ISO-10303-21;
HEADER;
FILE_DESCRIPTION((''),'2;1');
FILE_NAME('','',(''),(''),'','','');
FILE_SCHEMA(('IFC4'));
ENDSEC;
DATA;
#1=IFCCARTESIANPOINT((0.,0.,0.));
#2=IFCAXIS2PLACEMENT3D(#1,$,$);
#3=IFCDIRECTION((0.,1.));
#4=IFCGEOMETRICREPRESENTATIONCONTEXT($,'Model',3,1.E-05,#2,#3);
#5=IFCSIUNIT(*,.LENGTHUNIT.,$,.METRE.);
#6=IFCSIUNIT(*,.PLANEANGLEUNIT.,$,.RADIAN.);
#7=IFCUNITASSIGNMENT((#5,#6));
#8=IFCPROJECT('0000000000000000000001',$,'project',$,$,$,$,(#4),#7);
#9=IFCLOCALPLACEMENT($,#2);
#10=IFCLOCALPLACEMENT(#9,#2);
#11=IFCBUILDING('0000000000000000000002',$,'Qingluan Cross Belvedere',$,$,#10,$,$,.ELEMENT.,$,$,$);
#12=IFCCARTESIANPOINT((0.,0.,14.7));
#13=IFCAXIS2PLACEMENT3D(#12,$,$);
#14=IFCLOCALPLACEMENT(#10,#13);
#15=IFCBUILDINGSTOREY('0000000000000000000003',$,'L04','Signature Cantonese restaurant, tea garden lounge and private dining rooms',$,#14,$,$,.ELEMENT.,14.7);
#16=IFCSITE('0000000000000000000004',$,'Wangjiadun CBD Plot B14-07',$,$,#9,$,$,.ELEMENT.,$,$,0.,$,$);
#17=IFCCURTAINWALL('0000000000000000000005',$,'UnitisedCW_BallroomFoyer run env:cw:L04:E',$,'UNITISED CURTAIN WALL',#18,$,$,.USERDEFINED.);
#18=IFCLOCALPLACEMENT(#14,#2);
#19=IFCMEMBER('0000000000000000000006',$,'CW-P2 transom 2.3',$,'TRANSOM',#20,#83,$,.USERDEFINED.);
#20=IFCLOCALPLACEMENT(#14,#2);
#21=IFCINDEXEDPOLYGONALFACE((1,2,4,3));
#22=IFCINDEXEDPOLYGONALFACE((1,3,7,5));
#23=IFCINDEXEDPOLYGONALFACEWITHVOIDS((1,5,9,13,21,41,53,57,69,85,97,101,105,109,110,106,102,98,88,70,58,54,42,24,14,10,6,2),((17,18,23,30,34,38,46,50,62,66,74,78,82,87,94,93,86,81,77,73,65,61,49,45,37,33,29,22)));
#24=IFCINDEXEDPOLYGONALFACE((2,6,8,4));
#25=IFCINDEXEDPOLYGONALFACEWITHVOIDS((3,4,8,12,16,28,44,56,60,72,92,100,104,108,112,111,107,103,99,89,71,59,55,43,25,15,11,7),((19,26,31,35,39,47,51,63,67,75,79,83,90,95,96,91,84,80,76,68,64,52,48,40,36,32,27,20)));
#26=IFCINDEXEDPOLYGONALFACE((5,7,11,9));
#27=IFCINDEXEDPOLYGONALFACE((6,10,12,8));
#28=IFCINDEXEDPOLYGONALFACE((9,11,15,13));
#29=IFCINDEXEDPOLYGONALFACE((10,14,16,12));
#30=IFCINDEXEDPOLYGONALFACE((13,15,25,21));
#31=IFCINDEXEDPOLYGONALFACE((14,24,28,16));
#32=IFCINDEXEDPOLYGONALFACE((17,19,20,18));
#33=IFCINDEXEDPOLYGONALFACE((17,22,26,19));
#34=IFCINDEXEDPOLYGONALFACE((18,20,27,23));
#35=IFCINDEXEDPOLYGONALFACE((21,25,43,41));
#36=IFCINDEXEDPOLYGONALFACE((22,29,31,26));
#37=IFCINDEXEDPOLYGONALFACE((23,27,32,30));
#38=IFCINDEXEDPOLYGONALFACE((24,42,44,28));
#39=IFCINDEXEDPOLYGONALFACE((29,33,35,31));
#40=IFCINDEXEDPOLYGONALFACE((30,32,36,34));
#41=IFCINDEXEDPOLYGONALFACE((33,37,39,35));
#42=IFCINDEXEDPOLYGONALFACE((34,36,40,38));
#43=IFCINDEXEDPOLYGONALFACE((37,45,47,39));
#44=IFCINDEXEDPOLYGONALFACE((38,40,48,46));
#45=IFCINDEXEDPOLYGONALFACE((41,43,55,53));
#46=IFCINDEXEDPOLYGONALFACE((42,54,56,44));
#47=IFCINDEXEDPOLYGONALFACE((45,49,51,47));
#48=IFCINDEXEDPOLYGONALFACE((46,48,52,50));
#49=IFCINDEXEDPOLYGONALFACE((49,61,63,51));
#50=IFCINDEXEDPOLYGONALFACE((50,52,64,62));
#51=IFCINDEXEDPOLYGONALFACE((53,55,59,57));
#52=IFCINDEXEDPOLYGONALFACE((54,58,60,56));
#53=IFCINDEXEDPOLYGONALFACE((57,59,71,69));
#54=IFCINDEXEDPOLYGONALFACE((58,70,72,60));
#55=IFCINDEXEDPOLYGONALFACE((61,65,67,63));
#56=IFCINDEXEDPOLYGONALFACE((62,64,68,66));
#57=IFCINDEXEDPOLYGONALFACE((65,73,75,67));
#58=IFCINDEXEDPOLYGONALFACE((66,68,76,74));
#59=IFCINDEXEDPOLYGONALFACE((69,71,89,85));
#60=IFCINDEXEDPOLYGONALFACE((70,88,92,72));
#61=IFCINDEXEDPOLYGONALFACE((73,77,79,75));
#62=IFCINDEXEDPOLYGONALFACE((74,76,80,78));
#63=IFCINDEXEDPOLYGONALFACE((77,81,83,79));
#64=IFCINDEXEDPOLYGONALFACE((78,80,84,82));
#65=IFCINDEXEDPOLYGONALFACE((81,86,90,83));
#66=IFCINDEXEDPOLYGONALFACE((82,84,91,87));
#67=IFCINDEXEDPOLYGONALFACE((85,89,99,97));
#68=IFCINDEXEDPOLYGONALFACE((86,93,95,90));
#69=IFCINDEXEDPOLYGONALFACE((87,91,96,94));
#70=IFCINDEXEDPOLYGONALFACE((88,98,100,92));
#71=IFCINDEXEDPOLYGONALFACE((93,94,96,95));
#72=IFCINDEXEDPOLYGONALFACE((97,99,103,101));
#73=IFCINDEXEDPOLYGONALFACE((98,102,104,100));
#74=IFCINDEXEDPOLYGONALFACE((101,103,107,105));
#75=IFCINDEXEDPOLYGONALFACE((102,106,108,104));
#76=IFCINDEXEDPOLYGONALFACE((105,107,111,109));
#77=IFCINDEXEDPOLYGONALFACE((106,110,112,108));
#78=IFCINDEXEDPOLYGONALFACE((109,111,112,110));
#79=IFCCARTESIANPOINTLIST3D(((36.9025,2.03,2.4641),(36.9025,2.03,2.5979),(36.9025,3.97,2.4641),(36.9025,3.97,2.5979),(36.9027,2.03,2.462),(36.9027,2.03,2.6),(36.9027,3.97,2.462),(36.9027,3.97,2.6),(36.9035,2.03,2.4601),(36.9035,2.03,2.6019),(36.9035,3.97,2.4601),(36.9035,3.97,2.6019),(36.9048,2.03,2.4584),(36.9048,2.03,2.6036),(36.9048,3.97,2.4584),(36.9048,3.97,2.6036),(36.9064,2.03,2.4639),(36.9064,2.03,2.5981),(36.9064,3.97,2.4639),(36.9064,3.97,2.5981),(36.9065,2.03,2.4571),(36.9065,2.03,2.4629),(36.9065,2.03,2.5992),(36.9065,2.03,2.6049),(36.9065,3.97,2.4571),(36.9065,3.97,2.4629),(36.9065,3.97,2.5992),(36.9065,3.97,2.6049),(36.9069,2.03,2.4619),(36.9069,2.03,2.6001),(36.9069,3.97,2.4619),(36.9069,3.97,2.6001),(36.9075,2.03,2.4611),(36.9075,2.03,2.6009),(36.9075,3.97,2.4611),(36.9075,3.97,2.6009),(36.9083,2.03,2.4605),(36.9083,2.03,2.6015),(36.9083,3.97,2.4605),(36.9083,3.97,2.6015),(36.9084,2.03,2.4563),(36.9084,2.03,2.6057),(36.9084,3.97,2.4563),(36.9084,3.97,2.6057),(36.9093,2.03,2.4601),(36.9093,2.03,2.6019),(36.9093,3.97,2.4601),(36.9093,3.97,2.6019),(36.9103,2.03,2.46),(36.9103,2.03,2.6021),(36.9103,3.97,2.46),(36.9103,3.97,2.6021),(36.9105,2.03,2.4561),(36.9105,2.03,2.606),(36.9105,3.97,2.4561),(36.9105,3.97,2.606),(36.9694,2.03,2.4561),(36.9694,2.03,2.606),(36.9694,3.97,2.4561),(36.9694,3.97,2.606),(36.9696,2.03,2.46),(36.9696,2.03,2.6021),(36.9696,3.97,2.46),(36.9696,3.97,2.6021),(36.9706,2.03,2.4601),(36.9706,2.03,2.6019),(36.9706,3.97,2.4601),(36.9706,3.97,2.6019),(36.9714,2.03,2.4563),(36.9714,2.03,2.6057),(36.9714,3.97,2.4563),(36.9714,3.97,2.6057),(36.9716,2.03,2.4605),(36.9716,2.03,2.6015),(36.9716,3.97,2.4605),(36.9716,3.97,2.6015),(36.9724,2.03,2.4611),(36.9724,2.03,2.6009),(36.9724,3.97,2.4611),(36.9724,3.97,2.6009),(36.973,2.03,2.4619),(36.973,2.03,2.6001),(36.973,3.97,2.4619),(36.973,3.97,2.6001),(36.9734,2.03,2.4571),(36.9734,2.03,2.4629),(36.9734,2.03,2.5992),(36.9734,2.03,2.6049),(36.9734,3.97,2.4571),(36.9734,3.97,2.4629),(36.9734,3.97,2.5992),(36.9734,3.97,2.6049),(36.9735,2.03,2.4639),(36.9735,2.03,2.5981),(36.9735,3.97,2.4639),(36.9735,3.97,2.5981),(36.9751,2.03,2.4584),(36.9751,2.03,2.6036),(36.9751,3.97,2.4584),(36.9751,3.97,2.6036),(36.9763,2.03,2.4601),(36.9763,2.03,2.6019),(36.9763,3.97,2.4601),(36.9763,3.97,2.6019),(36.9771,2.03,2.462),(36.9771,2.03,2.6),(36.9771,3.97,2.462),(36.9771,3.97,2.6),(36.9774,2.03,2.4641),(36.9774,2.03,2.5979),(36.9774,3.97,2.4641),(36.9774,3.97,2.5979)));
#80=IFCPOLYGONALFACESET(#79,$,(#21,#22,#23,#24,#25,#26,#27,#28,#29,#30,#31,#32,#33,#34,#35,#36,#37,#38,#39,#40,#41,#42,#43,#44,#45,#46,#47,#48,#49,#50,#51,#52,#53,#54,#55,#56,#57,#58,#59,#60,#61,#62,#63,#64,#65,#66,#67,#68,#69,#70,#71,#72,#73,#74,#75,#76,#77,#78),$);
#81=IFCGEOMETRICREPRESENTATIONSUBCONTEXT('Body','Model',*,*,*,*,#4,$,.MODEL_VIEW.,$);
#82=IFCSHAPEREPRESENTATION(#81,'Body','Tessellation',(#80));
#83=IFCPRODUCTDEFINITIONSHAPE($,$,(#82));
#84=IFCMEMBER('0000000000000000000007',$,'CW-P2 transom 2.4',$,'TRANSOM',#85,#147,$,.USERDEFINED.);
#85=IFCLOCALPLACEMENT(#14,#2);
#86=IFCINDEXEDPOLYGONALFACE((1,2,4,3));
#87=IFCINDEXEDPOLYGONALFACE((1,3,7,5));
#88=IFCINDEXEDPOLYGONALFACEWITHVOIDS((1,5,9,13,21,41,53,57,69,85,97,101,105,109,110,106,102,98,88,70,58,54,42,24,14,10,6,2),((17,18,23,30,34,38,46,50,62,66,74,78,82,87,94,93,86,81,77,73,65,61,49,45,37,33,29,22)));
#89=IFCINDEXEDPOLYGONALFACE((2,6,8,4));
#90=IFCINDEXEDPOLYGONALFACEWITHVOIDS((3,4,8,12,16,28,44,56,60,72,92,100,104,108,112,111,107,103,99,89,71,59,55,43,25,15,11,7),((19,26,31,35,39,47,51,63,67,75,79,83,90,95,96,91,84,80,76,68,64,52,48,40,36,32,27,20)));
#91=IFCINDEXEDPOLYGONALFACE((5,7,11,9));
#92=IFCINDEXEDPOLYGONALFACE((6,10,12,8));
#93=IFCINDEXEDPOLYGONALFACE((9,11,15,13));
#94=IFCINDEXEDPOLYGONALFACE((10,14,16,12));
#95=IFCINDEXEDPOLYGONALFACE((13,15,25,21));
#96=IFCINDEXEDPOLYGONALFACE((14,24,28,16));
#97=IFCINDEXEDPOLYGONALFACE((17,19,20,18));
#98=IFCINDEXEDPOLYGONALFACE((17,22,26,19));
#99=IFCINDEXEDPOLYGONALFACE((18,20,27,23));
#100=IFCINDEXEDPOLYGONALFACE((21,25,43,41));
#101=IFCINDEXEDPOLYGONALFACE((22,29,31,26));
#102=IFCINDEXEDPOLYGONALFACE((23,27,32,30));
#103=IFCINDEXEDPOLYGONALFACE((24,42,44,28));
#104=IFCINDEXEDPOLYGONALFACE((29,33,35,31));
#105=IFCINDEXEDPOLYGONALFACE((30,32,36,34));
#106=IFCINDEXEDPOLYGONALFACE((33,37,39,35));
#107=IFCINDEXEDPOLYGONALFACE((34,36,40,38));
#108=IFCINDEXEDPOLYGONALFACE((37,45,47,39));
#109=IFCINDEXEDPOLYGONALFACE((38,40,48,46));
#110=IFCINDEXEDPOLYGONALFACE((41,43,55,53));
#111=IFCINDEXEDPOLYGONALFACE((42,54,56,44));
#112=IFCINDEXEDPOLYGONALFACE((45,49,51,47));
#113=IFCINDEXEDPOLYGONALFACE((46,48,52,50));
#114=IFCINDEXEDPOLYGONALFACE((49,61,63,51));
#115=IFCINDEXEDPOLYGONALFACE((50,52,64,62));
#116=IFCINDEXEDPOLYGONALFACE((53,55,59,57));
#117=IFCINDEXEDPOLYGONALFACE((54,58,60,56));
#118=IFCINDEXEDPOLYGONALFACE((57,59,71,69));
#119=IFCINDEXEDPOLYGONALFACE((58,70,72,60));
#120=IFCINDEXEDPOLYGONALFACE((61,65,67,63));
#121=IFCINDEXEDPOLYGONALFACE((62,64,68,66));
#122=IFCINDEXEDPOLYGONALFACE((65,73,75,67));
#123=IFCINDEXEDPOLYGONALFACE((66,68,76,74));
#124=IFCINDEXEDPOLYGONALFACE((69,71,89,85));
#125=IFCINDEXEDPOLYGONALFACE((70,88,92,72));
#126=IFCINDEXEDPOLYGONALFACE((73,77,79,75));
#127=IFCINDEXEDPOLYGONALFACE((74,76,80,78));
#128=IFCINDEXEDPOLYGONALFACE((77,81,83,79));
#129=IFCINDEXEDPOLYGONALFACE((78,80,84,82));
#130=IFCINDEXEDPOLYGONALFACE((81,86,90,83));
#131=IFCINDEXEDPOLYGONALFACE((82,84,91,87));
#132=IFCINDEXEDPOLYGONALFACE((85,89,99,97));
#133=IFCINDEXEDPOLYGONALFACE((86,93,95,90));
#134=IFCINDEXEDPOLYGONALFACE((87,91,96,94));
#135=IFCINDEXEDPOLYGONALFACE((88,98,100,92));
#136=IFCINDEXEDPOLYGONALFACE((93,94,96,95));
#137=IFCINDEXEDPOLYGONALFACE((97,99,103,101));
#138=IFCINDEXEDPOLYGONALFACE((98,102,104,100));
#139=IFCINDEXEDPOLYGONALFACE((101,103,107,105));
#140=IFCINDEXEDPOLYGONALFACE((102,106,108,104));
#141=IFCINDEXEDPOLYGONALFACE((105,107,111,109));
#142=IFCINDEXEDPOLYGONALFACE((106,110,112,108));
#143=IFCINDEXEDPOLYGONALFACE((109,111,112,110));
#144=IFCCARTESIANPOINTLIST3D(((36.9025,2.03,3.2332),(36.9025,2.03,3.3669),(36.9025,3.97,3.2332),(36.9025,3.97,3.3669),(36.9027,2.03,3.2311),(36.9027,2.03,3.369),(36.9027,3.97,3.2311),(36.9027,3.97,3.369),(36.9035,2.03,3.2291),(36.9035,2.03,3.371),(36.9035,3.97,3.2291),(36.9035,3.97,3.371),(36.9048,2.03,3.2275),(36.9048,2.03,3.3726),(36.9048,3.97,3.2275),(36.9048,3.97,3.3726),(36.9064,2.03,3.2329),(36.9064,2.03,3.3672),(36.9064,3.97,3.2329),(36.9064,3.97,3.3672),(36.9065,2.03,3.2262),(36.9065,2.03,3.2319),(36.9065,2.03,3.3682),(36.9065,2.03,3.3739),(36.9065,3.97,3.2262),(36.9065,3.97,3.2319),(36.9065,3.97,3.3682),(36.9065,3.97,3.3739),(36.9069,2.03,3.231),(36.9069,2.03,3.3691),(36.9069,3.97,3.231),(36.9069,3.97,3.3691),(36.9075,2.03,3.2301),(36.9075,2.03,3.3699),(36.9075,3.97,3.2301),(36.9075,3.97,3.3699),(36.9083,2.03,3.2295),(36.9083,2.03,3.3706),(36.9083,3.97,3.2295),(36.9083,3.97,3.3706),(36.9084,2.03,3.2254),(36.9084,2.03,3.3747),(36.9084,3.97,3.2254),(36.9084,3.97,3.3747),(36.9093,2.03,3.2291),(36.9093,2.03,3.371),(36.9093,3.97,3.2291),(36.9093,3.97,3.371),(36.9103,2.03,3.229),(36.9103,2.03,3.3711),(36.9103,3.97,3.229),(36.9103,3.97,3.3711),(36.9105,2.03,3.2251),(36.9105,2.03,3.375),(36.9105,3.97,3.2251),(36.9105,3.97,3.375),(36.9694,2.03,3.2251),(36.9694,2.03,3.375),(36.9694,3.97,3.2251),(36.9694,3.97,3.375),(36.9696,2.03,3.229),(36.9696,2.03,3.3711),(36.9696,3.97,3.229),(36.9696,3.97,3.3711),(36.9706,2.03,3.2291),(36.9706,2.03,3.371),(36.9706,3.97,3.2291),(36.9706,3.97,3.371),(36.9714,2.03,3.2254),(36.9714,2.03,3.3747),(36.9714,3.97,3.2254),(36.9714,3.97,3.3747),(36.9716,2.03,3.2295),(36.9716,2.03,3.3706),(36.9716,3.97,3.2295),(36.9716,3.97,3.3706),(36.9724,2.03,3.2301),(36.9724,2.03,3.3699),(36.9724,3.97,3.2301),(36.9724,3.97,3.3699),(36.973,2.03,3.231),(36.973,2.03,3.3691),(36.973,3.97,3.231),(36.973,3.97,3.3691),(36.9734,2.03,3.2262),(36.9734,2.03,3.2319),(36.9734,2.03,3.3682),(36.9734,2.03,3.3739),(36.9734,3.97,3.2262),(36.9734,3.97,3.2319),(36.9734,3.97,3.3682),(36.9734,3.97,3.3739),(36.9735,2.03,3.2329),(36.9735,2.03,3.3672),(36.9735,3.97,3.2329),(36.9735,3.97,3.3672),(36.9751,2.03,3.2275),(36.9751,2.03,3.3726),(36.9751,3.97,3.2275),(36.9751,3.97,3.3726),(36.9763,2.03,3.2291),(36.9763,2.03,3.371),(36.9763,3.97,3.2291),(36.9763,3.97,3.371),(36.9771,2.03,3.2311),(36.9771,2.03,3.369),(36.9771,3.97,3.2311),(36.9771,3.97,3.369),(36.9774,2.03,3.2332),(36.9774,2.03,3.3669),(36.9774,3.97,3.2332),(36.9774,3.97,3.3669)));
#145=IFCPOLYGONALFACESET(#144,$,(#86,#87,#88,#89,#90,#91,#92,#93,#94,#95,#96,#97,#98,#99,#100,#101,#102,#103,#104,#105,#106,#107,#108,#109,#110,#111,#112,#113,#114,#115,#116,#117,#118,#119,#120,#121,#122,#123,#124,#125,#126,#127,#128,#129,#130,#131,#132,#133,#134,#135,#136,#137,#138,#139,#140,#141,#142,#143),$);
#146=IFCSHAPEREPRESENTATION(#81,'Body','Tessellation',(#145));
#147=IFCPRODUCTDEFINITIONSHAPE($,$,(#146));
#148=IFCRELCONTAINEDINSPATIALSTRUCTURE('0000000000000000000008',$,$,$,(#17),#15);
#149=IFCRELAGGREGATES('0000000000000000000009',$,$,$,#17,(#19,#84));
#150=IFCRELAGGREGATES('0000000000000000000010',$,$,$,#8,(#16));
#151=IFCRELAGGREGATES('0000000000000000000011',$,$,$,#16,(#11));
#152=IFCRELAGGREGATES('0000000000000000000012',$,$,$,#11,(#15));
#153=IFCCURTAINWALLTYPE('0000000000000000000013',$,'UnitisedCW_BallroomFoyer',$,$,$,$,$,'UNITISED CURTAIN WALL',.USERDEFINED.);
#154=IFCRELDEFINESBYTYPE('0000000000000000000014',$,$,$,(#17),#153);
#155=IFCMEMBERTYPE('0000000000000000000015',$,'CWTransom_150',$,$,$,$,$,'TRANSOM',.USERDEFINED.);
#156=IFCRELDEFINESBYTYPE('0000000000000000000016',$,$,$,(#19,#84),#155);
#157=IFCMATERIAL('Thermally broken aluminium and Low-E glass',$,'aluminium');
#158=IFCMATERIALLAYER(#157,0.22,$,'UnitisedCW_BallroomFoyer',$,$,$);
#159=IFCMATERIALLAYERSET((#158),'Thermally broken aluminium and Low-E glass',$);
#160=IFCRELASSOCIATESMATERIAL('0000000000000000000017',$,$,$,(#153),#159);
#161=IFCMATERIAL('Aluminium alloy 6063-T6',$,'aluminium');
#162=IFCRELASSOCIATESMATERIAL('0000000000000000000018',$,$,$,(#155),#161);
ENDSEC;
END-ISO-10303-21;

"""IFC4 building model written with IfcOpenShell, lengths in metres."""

from ifc_helpers import new_model, si_unit, direction, frame, origin, origin_2d, place, context, subcontext, project, spatial, hollow_rectangle, extrude, material, layer, layer_set, material_profile, profile_set, type_object, element, aggregate, save


model = new_model("IFC4")

# Units and contexts
model_context = context("Model", 3, precision=1e-05, world=origin(), true_north=direction((0.0, 1.0)))
body_context = subcontext(model_context, "Body", "Model", "MODEL_VIEW")
ifc_project = project(units=[si_unit("LENGTHUNIT", "METRE"), si_unit("PLANEANGLEUNIT", "RADIAN")], contexts=[model_context])

# Site, building, storey
site_placement = place(None, origin())
site = spatial("IfcSite", under=ifc_project, at=site_placement, Name="Wangjiadun CBD Plot B14-07", CompositionType="ELEMENT", RefElevation=0.0)
building_placement = place(site_placement, origin())
building = spatial("IfcBuilding", under=site, at=building_placement, Name="Qingluan Cross Belvedere", CompositionType="ELEMENT")
storey_placement = place(building_placement, frame((0.0, 0.0, 14.7)))
storey = spatial("IfcBuildingStorey", under=building, at=storey_placement, Name="L04", Description="Signature Cantonese restaurant, tea garden lounge and private dining rooms", CompositionType="ELEMENT", Elevation=14.7)

# Curtain wall, members
ifc_material_1 = material(Name="Thermally broken aluminium and Low-E glass", Category="aluminium")
ifc_layer_1 = layer(ifc_material_1, 0.22, Name="UnitisedCW_BallroomFoyer")
ifc_layer_set_1 = layer_set([ifc_layer_1], Name="Thermally broken aluminium and Low-E glass")
curtain_wall_type = type_object("IfcCurtainWallType", Name="UnitisedCW_BallroomFoyer", ElementType="UNITISED CURTAIN WALL", PredefinedType="USERDEFINED", material=ifc_layer_set_1)
curtain_wall_placement = place(storey_placement, origin())
curtain_wall = element("IfcCurtainWall", 1, at=curtain_wall_placement, inside=storey, type_object=curtain_wall_type, Name="UnitisedCW_BallroomFoyer run env:cw:L04:E", ObjectType="UNITISED CURTAIN WALL", PredefinedType="USERDEFINED")
ifc_material_2 = material(Name="Aluminium alloy 6063-T6", Category="aluminium")
ifc_material_profile_1 = material_profile(ifc_material_2, hollow_rectangle(XDim=0.075, YDim=0.1499, WallThickness=0.0039, InnerFilletRadius=0.0039, OuterFilletRadius=0.0081, at=origin_2d()), Name="CWT150x75x4")
ifc_profile_set_1 = profile_set([ifc_material_profile_1], Name="Aluminium alloy 6063-T6")
member_type_1 = type_object("IfcMemberType", Name="CWTransom_150", ElementType="TRANSOM", PredefinedType="USERDEFINED", material=ifc_profile_set_1)
member_1_placement = place(storey_placement, frame((36.9399, 3.97, 2.531), z_axis=(0.0, -1.0, 0.0), x_axis=(1.0, 0.0, 0.0)))
member_1 = element("IfcMember", 2, at=member_1_placement, type_object=member_type_1, Name="CW-P2 transom 2.3", ObjectType="TRANSOM", PredefinedType="USERDEFINED", context=body_context, shape_type="SweptSolid", body=[
    extrude(hollow_rectangle(XDim=0.075, YDim=0.1499, WallThickness=0.0039, InnerFilletRadius=0.0039, OuterFilletRadius=0.0081, at=origin_2d()), origin(), (0.0, 0.0, 1.0), 1.9399),
])
member_2_placement = place(storey_placement, frame((36.9399, 3.97, 3.3), z_axis=(0.0, -1.0, 0.0), x_axis=(1.0, 0.0, 0.0)))
member_2 = element("IfcMember", 3, at=member_2_placement, type_object=member_type_1, Name="CW-P2 transom 2.4", ObjectType="TRANSOM", PredefinedType="USERDEFINED", context=body_context, shape_type="SweptSolid", body=[
    extrude(hollow_rectangle(XDim=0.075, YDim=0.1499, WallThickness=0.0039, InnerFilletRadius=0.0039, OuterFilletRadius=0.0081, at=origin_2d()), origin(), (0.0, 0.0, 1.0), 1.9399),
])
aggregate(curtain_wall, [member_1, member_2])

save(model, "model.ifc")
